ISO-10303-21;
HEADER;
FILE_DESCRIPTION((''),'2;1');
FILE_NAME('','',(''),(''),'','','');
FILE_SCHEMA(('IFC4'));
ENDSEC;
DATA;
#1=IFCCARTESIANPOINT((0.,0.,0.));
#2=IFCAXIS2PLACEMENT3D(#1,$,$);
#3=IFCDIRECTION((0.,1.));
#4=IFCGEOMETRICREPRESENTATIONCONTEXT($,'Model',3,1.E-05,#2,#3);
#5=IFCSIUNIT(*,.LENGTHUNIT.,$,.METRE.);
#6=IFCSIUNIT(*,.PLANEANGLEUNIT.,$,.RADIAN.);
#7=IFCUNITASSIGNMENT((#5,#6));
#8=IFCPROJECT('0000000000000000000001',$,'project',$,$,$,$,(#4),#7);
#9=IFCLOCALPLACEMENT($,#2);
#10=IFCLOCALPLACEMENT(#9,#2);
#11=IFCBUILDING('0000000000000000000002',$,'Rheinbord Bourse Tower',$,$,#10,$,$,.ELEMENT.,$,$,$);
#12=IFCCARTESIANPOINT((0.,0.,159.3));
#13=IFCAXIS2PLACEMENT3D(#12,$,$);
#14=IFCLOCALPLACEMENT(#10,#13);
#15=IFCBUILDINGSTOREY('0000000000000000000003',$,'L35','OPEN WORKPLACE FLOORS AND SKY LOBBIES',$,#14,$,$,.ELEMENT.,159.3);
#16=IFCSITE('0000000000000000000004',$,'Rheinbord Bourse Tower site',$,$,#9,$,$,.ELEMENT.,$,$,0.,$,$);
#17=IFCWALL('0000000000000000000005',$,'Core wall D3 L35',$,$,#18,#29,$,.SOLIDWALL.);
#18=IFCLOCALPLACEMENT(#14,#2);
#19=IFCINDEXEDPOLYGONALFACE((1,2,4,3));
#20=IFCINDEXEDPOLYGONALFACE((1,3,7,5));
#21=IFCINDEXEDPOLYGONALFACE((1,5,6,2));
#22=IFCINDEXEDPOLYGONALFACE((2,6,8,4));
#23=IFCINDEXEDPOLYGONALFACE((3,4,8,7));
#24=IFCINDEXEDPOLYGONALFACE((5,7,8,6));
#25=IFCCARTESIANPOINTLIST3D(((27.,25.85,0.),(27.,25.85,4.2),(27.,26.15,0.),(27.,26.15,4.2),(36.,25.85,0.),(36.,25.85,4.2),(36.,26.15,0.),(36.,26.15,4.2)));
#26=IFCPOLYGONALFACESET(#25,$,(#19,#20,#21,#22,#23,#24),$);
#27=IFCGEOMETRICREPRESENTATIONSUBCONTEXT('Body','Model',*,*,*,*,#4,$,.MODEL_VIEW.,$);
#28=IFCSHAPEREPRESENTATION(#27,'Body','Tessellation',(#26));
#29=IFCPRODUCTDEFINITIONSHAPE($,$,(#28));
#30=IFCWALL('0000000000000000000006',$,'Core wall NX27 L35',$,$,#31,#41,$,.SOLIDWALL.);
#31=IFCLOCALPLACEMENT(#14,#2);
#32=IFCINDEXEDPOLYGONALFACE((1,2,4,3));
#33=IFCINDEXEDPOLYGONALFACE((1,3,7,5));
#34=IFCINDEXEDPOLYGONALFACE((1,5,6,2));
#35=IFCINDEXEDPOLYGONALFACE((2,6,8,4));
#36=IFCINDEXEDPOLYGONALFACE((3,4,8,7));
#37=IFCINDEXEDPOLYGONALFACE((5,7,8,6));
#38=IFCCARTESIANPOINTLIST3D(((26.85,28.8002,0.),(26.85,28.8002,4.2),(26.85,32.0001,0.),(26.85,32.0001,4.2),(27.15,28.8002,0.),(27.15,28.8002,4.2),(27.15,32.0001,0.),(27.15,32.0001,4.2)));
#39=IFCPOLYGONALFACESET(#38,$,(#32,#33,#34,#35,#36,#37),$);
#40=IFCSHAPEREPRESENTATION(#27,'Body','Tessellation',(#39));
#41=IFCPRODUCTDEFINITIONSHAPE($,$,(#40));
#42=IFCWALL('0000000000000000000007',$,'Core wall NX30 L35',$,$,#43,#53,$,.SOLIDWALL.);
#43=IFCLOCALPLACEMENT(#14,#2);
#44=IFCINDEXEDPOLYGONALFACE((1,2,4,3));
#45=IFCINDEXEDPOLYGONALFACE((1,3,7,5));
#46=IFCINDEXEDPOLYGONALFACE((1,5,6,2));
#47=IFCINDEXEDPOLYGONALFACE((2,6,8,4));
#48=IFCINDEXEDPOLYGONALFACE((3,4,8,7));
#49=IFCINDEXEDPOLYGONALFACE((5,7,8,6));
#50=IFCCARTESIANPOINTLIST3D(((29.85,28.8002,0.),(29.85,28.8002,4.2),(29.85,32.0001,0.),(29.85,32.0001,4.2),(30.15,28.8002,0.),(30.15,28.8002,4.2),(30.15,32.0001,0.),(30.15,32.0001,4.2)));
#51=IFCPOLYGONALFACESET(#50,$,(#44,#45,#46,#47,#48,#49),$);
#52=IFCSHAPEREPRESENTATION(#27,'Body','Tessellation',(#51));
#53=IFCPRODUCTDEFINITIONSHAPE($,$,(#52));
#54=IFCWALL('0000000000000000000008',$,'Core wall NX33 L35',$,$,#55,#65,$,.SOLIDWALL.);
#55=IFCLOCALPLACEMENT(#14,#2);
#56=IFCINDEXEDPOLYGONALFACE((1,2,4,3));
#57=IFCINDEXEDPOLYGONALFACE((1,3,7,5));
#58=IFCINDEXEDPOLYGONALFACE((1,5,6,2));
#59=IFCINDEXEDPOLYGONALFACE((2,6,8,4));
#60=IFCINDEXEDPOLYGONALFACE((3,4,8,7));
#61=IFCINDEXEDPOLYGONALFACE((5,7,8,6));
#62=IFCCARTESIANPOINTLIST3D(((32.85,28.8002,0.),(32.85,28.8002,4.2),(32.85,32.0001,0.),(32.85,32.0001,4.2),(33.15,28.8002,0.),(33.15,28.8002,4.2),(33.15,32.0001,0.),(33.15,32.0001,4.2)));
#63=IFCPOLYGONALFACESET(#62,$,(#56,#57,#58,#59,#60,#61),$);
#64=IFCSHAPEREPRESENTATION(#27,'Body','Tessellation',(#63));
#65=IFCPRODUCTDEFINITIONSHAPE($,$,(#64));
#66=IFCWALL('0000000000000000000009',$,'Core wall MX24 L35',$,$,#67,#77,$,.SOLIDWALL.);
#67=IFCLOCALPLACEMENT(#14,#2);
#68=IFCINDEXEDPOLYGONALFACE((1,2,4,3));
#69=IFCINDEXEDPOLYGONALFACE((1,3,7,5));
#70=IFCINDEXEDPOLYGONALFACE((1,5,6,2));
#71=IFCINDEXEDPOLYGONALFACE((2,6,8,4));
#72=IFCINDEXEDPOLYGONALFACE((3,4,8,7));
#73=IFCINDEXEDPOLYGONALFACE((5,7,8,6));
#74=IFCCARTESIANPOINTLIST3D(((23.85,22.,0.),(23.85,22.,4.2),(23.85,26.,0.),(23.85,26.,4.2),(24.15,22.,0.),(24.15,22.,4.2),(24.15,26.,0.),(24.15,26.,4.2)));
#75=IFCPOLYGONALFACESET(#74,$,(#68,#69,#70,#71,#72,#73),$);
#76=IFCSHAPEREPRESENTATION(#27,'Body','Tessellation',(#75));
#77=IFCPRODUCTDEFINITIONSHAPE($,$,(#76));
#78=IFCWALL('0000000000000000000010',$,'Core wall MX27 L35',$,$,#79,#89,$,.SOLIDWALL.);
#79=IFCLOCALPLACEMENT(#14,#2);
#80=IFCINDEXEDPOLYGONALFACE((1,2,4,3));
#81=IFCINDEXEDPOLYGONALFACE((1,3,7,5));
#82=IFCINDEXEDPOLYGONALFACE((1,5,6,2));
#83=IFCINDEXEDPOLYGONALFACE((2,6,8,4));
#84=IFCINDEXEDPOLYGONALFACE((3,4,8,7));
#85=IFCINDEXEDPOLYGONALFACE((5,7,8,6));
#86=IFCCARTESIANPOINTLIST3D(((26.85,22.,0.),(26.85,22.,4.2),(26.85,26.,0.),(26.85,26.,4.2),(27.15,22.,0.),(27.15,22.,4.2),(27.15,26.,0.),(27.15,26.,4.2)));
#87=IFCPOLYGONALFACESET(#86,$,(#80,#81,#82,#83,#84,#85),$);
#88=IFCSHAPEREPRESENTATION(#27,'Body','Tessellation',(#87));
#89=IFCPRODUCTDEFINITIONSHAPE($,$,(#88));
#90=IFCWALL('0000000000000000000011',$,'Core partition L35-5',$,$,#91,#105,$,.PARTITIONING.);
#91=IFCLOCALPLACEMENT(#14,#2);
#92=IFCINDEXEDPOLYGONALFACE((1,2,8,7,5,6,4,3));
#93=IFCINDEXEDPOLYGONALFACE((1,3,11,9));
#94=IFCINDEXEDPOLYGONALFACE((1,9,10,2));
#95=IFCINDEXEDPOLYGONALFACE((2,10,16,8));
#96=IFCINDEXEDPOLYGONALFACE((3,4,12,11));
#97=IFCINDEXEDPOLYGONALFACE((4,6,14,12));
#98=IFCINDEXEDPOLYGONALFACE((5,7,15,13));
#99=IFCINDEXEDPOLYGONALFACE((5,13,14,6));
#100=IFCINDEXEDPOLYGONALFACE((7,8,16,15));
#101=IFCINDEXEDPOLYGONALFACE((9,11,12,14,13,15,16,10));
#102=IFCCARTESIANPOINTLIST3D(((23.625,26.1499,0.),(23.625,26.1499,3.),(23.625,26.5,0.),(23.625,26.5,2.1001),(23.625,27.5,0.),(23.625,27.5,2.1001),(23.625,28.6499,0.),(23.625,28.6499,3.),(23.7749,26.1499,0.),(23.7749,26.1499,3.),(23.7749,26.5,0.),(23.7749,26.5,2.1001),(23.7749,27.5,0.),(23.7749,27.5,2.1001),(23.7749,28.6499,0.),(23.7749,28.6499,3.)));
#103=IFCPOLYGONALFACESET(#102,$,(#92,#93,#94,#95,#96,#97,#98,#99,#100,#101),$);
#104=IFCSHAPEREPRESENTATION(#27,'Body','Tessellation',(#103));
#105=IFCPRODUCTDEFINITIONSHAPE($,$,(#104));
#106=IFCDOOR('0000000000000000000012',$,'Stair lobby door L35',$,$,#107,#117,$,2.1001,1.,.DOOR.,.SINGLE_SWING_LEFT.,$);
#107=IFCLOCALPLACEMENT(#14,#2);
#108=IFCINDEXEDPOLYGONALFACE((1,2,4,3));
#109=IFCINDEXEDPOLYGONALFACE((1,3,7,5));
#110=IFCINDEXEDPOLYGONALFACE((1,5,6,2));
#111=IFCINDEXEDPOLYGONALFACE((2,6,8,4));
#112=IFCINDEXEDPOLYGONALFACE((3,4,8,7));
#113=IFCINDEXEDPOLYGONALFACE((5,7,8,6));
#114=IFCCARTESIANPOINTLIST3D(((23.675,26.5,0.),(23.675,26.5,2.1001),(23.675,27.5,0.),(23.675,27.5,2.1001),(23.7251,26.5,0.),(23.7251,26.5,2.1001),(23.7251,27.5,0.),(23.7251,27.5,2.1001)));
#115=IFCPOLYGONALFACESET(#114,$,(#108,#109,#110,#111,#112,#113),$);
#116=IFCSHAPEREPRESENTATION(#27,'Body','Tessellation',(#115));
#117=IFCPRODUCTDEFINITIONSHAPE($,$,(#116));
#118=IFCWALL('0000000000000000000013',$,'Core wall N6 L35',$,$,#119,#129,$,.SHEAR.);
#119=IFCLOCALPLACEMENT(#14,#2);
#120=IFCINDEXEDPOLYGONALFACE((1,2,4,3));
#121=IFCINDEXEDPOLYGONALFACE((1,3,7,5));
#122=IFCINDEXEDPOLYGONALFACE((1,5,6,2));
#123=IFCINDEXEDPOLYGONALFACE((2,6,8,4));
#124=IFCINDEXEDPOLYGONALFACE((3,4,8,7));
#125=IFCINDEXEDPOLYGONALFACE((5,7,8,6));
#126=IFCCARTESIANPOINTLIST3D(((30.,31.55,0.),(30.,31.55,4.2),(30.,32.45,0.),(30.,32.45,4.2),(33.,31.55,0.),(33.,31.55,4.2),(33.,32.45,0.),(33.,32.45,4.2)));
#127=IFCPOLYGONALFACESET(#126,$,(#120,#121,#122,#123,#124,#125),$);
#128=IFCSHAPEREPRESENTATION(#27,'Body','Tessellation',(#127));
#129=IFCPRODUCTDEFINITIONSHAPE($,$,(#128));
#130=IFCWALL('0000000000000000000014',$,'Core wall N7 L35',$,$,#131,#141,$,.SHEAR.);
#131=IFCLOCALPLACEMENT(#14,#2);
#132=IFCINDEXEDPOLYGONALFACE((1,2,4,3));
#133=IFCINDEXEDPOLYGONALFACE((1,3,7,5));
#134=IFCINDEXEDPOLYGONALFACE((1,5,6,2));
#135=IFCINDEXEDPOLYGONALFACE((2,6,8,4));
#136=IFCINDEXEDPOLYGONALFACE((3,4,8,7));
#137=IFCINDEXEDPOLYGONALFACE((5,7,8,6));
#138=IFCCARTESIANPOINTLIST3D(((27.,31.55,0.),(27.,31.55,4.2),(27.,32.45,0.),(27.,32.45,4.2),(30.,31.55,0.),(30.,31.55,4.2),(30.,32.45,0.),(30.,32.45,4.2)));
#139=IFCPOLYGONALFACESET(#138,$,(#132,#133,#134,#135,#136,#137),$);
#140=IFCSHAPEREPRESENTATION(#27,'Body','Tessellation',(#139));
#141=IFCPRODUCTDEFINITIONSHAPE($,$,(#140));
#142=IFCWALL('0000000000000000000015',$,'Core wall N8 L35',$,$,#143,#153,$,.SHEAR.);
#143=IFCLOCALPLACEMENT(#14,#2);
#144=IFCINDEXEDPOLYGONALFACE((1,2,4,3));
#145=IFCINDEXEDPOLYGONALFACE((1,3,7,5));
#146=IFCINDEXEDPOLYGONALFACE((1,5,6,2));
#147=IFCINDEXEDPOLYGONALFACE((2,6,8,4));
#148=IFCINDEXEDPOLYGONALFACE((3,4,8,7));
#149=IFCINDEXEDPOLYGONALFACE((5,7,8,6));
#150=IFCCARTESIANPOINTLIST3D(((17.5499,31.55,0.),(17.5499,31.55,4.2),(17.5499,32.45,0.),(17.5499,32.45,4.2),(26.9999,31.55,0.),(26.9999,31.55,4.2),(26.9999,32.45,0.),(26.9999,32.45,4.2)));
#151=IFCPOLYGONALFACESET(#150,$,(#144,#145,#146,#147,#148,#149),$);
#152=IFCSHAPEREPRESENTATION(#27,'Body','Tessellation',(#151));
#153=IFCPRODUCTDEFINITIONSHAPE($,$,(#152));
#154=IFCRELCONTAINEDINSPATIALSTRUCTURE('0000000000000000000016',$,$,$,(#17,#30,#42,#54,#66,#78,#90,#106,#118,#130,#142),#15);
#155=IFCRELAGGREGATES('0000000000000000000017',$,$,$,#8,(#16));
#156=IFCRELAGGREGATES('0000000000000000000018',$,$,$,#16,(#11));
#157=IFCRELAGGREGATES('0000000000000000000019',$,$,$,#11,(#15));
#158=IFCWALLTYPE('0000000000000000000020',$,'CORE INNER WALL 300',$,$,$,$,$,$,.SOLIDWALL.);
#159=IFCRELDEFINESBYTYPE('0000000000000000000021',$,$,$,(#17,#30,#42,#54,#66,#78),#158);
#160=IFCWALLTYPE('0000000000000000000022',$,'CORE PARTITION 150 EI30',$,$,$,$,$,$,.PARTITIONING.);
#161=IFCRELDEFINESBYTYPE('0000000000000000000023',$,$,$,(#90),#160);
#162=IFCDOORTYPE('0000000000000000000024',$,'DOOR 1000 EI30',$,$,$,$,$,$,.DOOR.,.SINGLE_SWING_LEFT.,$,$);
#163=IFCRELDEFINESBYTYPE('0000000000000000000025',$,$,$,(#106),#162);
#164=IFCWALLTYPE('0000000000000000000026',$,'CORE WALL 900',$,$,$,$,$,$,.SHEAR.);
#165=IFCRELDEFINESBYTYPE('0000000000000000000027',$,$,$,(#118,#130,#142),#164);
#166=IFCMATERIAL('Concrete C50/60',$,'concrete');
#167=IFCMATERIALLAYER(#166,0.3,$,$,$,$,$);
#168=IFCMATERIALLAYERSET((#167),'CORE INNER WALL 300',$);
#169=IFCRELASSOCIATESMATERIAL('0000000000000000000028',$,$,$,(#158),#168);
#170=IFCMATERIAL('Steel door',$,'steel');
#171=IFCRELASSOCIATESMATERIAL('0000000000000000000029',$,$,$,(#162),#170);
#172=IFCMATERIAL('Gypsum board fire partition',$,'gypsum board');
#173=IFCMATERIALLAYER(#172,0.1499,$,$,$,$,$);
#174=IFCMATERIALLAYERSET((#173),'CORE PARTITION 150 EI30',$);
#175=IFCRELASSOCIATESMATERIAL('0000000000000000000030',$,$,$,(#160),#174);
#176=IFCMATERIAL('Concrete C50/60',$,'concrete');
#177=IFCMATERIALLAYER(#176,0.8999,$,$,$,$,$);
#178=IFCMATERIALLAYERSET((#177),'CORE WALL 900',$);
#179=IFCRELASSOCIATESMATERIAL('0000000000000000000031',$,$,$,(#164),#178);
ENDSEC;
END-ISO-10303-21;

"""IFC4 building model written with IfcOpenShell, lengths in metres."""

from ifc_helpers import new_model, si_unit, direction, frame, frame_2d, origin, place, context, subcontext, project, spatial, rectangle, extrude, material, layer, layer_set, type_object, element, fill, save


model = new_model("IFC4")

# Units and contexts
model_context = context("Model", 3, precision=1e-05, world=origin(), true_north=direction((0.0, 1.0)))
body_context = subcontext(model_context, "Body", "Model", "MODEL_VIEW")
ifc_project = project(units=[si_unit("LENGTHUNIT", "METRE"), si_unit("PLANEANGLEUNIT", "RADIAN")], contexts=[model_context])

# Site, building, storey
site_placement = place(None, origin())
site = spatial("IfcSite", under=ifc_project, at=site_placement, Name="Rheinbord Bourse Tower site", CompositionType="ELEMENT", RefElevation=0.0)
building_placement = place(site_placement, origin())
building = spatial("IfcBuilding", under=site, at=building_placement, Name="Rheinbord Bourse Tower", CompositionType="ELEMENT")
storey_placement = place(building_placement, frame((0.0, 0.0, 159.3)))
storey = spatial("IfcBuildingStorey", under=building, at=storey_placement, Name="L35", Description="OPEN WORKPLACE FLOORS AND SKY LOBBIES", CompositionType="ELEMENT", Elevation=159.3)

# Shared definitions
ifc_material_1 = material(Name="Concrete C50/60", Category="concrete")
ifc_layer_1 = layer(ifc_material_1, 0.3)
ifc_layer_set_1 = layer_set([ifc_layer_1], Name="CORE INNER WALL 300")
wall_type_1 = type_object("IfcWallType", Name="CORE INNER WALL 300", PredefinedType="SOLIDWALL", material=ifc_layer_set_1)
ifc_material_2 = material(Name="Steel door", Category="steel")
door_type_1 = type_object("IfcDoorType", Name="DOOR 1000 EI30", OperationType="SINGLE_SWING_LEFT", PredefinedType="DOOR", material=ifc_material_2)

# Walls
wall_1_placement = place(storey_placement, frame((27.0, 26.0, 0.0), z_axis=(0.0, 0.0, 1.0), x_axis=(1.0, 0.0, 0.0)))
element("IfcWall", 1, at=wall_1_placement, inside=storey, type_object=wall_type_1, Name="Core wall D3 L35", PredefinedType="SOLIDWALL", context=body_context, shape_type="SweptSolid", body=[
    extrude(rectangle(XDim=9.0, YDim=0.3, at=frame_2d((4.5, 0.0))), origin(), (0.0, 0.0, 1.0), 4.2),
])
for number, where, z_axis, x_axis, name in (
    (2, (27.0, 28.8, 0.0), (0.0, 0.0, 1.0), (0.0, 1.0, 0.0), "Core wall NX27 L35"),
    (3, (30.0, 28.8, 0.0), (0.0, 0.0, 1.0), (0.0, 1.0, 0.0), "Core wall NX30 L35"),
    (4, (33.0, 28.8, 0.0), (0.0, 0.0, 1.0), (0.0, 1.0, 0.0), "Core wall NX33 L35"),
):
    element("IfcWall", number, at=place(storey_placement, frame(where, z_axis=z_axis, x_axis=x_axis)), inside=storey, type_object=wall_type_1, Name=name, PredefinedType="SOLIDWALL", context=body_context, shape_type="SweptSolid", body=[
        extrude(rectangle(XDim=3.2, YDim=0.3, at=frame_2d((1.6001, 0.0))), origin(), (0.0, 0.0, 1.0), 4.2),
    ])
for number, where, z_axis, x_axis, name in (
    (5, (24.0, 22.0, 0.0), (0.0, 0.0, 1.0), (0.0, 1.0, 0.0), "Core wall MX24 L35"),
    (6, (27.0, 22.0, 0.0), (0.0, 0.0, 1.0), (0.0, 1.0, 0.0), "Core wall MX27 L35"),
):
    element("IfcWall", number, at=place(storey_placement, frame(where, z_axis=z_axis, x_axis=x_axis)), inside=storey, type_object=wall_type_1, Name=name, PredefinedType="SOLIDWALL", context=body_context, shape_type="SweptSolid", body=[
        extrude(rectangle(XDim=4.0, YDim=0.3, at=frame_2d((2.0, 0.0))), origin(), (0.0, 0.0, 1.0), 4.2),
    ])

# Wall, opening, door
ifc_material_3 = material(Name="Gypsum board fire partition", Category="gypsum board")
ifc_layer_2 = layer(ifc_material_3, 0.1499)
ifc_layer_set_2 = layer_set([ifc_layer_2], Name="CORE PARTITION 150 EI30")
wall_type_2 = type_object("IfcWallType", Name="CORE PARTITION 150 EI30", PredefinedType="PARTITIONING", material=ifc_layer_set_2)
wall_2_placement = place(storey_placement, frame((23.7, 26.1499, 0.0), z_axis=(0.0, 0.0, 1.0), x_axis=(0.0, 1.0, 0.0)))
wall_2 = element("IfcWall", 7, at=wall_2_placement, inside=storey, type_object=wall_type_2, Name="Core partition L35-5", PredefinedType="PARTITIONING", context=body_context, shape_type="SweptSolid", body=[
    extrude(rectangle(XDim=2.5, YDim=0.1499, at=frame_2d((1.25, 0.0))), origin(), (0.0, 0.0, 1.0), 3.0),
])
opening_1_placement = place(wall_2_placement, frame((0.3501, 0.0, 0.0)))
opening_1 = element("IfcOpeningElement", 8, at=opening_1_placement, cuts=wall_2, PredefinedType="OPENING", context=body_context, shape_type="SweptSolid", body=[
    extrude(rectangle(XDim=1.0, YDim=2.1001, at=frame_2d((0.5, 1.05))), frame((0.0, 0.085, 0.0), z_axis=(0.0, -1.0, 0.0), x_axis=(1.0, 0.0, 0.0)), (0.0, 0.0, 1.0), 0.1699),
])
door_1_placement = place(opening_1_placement, origin())
door_1 = element("IfcDoor", 9, at=door_1_placement, inside=storey, type_object=door_type_1, Name="Stair lobby door L35", OperationType="SINGLE_SWING_LEFT", OverallHeight=2.1001, OverallWidth=1.0, PredefinedType="DOOR", context=body_context, shape_type="SweptSolid", body=[
    extrude(rectangle(XDim=1.0, YDim=2.1001, at=frame_2d((0.5, 1.05))), frame((0.0, 0.0249, 0.0), z_axis=(0.0, -1.0, 0.0), x_axis=(1.0, 0.0, 0.0)), (0.0, 0.0, 1.0), 0.05),
])
fill(opening_1, door_1)

# Walls
ifc_material_4 = material(Name="Concrete C50/60", Category="concrete")
ifc_layer_3 = layer(ifc_material_4, 0.8999)
ifc_layer_set_3 = layer_set([ifc_layer_3], Name="CORE WALL 900")
wall_type_3 = type_object("IfcWallType", Name="CORE WALL 900", PredefinedType="SHEAR", material=ifc_layer_set_3)
for number, where, z_axis, x_axis, name in (
    (10, (33.0, 32.0, 0.0), (0.0, 0.0, 1.0), (-1.0, 0.0, 0.0), "Core wall N6 L35"),
    (11, (30.0, 32.0, 0.0), (0.0, 0.0, 1.0), (-1.0, 0.0, 0.0), "Core wall N7 L35"),
):
    element("IfcWall", number, at=place(storey_placement, frame(where, z_axis=z_axis, x_axis=x_axis)), inside=storey, type_object=wall_type_3, Name=name, PredefinedType="SHEAR", context=body_context, shape_type="SweptSolid", body=[
        extrude(rectangle(XDim=3.0, YDim=0.8999, at=frame_2d((1.5, 0.0))), origin(), (0.0, 0.0, 1.0), 4.2),
    ])
wall_3_placement = place(storey_placement, frame((27.0, 32.0, 0.0), z_axis=(0.0, 0.0, 1.0), x_axis=(-1.0, 0.0, 0.0)))
element("IfcWall", 12, at=wall_3_placement, inside=storey, type_object=wall_type_3, Name="Core wall N8 L35", PredefinedType="SHEAR", context=body_context, shape_type="SweptSolid", body=[
    extrude(rectangle(XDim=9.45, YDim=0.8999, at=frame_2d((4.7251, 0.0))), origin(), (0.0, 0.0, 1.0), 4.2),
])

save(model, "model.ifc")
